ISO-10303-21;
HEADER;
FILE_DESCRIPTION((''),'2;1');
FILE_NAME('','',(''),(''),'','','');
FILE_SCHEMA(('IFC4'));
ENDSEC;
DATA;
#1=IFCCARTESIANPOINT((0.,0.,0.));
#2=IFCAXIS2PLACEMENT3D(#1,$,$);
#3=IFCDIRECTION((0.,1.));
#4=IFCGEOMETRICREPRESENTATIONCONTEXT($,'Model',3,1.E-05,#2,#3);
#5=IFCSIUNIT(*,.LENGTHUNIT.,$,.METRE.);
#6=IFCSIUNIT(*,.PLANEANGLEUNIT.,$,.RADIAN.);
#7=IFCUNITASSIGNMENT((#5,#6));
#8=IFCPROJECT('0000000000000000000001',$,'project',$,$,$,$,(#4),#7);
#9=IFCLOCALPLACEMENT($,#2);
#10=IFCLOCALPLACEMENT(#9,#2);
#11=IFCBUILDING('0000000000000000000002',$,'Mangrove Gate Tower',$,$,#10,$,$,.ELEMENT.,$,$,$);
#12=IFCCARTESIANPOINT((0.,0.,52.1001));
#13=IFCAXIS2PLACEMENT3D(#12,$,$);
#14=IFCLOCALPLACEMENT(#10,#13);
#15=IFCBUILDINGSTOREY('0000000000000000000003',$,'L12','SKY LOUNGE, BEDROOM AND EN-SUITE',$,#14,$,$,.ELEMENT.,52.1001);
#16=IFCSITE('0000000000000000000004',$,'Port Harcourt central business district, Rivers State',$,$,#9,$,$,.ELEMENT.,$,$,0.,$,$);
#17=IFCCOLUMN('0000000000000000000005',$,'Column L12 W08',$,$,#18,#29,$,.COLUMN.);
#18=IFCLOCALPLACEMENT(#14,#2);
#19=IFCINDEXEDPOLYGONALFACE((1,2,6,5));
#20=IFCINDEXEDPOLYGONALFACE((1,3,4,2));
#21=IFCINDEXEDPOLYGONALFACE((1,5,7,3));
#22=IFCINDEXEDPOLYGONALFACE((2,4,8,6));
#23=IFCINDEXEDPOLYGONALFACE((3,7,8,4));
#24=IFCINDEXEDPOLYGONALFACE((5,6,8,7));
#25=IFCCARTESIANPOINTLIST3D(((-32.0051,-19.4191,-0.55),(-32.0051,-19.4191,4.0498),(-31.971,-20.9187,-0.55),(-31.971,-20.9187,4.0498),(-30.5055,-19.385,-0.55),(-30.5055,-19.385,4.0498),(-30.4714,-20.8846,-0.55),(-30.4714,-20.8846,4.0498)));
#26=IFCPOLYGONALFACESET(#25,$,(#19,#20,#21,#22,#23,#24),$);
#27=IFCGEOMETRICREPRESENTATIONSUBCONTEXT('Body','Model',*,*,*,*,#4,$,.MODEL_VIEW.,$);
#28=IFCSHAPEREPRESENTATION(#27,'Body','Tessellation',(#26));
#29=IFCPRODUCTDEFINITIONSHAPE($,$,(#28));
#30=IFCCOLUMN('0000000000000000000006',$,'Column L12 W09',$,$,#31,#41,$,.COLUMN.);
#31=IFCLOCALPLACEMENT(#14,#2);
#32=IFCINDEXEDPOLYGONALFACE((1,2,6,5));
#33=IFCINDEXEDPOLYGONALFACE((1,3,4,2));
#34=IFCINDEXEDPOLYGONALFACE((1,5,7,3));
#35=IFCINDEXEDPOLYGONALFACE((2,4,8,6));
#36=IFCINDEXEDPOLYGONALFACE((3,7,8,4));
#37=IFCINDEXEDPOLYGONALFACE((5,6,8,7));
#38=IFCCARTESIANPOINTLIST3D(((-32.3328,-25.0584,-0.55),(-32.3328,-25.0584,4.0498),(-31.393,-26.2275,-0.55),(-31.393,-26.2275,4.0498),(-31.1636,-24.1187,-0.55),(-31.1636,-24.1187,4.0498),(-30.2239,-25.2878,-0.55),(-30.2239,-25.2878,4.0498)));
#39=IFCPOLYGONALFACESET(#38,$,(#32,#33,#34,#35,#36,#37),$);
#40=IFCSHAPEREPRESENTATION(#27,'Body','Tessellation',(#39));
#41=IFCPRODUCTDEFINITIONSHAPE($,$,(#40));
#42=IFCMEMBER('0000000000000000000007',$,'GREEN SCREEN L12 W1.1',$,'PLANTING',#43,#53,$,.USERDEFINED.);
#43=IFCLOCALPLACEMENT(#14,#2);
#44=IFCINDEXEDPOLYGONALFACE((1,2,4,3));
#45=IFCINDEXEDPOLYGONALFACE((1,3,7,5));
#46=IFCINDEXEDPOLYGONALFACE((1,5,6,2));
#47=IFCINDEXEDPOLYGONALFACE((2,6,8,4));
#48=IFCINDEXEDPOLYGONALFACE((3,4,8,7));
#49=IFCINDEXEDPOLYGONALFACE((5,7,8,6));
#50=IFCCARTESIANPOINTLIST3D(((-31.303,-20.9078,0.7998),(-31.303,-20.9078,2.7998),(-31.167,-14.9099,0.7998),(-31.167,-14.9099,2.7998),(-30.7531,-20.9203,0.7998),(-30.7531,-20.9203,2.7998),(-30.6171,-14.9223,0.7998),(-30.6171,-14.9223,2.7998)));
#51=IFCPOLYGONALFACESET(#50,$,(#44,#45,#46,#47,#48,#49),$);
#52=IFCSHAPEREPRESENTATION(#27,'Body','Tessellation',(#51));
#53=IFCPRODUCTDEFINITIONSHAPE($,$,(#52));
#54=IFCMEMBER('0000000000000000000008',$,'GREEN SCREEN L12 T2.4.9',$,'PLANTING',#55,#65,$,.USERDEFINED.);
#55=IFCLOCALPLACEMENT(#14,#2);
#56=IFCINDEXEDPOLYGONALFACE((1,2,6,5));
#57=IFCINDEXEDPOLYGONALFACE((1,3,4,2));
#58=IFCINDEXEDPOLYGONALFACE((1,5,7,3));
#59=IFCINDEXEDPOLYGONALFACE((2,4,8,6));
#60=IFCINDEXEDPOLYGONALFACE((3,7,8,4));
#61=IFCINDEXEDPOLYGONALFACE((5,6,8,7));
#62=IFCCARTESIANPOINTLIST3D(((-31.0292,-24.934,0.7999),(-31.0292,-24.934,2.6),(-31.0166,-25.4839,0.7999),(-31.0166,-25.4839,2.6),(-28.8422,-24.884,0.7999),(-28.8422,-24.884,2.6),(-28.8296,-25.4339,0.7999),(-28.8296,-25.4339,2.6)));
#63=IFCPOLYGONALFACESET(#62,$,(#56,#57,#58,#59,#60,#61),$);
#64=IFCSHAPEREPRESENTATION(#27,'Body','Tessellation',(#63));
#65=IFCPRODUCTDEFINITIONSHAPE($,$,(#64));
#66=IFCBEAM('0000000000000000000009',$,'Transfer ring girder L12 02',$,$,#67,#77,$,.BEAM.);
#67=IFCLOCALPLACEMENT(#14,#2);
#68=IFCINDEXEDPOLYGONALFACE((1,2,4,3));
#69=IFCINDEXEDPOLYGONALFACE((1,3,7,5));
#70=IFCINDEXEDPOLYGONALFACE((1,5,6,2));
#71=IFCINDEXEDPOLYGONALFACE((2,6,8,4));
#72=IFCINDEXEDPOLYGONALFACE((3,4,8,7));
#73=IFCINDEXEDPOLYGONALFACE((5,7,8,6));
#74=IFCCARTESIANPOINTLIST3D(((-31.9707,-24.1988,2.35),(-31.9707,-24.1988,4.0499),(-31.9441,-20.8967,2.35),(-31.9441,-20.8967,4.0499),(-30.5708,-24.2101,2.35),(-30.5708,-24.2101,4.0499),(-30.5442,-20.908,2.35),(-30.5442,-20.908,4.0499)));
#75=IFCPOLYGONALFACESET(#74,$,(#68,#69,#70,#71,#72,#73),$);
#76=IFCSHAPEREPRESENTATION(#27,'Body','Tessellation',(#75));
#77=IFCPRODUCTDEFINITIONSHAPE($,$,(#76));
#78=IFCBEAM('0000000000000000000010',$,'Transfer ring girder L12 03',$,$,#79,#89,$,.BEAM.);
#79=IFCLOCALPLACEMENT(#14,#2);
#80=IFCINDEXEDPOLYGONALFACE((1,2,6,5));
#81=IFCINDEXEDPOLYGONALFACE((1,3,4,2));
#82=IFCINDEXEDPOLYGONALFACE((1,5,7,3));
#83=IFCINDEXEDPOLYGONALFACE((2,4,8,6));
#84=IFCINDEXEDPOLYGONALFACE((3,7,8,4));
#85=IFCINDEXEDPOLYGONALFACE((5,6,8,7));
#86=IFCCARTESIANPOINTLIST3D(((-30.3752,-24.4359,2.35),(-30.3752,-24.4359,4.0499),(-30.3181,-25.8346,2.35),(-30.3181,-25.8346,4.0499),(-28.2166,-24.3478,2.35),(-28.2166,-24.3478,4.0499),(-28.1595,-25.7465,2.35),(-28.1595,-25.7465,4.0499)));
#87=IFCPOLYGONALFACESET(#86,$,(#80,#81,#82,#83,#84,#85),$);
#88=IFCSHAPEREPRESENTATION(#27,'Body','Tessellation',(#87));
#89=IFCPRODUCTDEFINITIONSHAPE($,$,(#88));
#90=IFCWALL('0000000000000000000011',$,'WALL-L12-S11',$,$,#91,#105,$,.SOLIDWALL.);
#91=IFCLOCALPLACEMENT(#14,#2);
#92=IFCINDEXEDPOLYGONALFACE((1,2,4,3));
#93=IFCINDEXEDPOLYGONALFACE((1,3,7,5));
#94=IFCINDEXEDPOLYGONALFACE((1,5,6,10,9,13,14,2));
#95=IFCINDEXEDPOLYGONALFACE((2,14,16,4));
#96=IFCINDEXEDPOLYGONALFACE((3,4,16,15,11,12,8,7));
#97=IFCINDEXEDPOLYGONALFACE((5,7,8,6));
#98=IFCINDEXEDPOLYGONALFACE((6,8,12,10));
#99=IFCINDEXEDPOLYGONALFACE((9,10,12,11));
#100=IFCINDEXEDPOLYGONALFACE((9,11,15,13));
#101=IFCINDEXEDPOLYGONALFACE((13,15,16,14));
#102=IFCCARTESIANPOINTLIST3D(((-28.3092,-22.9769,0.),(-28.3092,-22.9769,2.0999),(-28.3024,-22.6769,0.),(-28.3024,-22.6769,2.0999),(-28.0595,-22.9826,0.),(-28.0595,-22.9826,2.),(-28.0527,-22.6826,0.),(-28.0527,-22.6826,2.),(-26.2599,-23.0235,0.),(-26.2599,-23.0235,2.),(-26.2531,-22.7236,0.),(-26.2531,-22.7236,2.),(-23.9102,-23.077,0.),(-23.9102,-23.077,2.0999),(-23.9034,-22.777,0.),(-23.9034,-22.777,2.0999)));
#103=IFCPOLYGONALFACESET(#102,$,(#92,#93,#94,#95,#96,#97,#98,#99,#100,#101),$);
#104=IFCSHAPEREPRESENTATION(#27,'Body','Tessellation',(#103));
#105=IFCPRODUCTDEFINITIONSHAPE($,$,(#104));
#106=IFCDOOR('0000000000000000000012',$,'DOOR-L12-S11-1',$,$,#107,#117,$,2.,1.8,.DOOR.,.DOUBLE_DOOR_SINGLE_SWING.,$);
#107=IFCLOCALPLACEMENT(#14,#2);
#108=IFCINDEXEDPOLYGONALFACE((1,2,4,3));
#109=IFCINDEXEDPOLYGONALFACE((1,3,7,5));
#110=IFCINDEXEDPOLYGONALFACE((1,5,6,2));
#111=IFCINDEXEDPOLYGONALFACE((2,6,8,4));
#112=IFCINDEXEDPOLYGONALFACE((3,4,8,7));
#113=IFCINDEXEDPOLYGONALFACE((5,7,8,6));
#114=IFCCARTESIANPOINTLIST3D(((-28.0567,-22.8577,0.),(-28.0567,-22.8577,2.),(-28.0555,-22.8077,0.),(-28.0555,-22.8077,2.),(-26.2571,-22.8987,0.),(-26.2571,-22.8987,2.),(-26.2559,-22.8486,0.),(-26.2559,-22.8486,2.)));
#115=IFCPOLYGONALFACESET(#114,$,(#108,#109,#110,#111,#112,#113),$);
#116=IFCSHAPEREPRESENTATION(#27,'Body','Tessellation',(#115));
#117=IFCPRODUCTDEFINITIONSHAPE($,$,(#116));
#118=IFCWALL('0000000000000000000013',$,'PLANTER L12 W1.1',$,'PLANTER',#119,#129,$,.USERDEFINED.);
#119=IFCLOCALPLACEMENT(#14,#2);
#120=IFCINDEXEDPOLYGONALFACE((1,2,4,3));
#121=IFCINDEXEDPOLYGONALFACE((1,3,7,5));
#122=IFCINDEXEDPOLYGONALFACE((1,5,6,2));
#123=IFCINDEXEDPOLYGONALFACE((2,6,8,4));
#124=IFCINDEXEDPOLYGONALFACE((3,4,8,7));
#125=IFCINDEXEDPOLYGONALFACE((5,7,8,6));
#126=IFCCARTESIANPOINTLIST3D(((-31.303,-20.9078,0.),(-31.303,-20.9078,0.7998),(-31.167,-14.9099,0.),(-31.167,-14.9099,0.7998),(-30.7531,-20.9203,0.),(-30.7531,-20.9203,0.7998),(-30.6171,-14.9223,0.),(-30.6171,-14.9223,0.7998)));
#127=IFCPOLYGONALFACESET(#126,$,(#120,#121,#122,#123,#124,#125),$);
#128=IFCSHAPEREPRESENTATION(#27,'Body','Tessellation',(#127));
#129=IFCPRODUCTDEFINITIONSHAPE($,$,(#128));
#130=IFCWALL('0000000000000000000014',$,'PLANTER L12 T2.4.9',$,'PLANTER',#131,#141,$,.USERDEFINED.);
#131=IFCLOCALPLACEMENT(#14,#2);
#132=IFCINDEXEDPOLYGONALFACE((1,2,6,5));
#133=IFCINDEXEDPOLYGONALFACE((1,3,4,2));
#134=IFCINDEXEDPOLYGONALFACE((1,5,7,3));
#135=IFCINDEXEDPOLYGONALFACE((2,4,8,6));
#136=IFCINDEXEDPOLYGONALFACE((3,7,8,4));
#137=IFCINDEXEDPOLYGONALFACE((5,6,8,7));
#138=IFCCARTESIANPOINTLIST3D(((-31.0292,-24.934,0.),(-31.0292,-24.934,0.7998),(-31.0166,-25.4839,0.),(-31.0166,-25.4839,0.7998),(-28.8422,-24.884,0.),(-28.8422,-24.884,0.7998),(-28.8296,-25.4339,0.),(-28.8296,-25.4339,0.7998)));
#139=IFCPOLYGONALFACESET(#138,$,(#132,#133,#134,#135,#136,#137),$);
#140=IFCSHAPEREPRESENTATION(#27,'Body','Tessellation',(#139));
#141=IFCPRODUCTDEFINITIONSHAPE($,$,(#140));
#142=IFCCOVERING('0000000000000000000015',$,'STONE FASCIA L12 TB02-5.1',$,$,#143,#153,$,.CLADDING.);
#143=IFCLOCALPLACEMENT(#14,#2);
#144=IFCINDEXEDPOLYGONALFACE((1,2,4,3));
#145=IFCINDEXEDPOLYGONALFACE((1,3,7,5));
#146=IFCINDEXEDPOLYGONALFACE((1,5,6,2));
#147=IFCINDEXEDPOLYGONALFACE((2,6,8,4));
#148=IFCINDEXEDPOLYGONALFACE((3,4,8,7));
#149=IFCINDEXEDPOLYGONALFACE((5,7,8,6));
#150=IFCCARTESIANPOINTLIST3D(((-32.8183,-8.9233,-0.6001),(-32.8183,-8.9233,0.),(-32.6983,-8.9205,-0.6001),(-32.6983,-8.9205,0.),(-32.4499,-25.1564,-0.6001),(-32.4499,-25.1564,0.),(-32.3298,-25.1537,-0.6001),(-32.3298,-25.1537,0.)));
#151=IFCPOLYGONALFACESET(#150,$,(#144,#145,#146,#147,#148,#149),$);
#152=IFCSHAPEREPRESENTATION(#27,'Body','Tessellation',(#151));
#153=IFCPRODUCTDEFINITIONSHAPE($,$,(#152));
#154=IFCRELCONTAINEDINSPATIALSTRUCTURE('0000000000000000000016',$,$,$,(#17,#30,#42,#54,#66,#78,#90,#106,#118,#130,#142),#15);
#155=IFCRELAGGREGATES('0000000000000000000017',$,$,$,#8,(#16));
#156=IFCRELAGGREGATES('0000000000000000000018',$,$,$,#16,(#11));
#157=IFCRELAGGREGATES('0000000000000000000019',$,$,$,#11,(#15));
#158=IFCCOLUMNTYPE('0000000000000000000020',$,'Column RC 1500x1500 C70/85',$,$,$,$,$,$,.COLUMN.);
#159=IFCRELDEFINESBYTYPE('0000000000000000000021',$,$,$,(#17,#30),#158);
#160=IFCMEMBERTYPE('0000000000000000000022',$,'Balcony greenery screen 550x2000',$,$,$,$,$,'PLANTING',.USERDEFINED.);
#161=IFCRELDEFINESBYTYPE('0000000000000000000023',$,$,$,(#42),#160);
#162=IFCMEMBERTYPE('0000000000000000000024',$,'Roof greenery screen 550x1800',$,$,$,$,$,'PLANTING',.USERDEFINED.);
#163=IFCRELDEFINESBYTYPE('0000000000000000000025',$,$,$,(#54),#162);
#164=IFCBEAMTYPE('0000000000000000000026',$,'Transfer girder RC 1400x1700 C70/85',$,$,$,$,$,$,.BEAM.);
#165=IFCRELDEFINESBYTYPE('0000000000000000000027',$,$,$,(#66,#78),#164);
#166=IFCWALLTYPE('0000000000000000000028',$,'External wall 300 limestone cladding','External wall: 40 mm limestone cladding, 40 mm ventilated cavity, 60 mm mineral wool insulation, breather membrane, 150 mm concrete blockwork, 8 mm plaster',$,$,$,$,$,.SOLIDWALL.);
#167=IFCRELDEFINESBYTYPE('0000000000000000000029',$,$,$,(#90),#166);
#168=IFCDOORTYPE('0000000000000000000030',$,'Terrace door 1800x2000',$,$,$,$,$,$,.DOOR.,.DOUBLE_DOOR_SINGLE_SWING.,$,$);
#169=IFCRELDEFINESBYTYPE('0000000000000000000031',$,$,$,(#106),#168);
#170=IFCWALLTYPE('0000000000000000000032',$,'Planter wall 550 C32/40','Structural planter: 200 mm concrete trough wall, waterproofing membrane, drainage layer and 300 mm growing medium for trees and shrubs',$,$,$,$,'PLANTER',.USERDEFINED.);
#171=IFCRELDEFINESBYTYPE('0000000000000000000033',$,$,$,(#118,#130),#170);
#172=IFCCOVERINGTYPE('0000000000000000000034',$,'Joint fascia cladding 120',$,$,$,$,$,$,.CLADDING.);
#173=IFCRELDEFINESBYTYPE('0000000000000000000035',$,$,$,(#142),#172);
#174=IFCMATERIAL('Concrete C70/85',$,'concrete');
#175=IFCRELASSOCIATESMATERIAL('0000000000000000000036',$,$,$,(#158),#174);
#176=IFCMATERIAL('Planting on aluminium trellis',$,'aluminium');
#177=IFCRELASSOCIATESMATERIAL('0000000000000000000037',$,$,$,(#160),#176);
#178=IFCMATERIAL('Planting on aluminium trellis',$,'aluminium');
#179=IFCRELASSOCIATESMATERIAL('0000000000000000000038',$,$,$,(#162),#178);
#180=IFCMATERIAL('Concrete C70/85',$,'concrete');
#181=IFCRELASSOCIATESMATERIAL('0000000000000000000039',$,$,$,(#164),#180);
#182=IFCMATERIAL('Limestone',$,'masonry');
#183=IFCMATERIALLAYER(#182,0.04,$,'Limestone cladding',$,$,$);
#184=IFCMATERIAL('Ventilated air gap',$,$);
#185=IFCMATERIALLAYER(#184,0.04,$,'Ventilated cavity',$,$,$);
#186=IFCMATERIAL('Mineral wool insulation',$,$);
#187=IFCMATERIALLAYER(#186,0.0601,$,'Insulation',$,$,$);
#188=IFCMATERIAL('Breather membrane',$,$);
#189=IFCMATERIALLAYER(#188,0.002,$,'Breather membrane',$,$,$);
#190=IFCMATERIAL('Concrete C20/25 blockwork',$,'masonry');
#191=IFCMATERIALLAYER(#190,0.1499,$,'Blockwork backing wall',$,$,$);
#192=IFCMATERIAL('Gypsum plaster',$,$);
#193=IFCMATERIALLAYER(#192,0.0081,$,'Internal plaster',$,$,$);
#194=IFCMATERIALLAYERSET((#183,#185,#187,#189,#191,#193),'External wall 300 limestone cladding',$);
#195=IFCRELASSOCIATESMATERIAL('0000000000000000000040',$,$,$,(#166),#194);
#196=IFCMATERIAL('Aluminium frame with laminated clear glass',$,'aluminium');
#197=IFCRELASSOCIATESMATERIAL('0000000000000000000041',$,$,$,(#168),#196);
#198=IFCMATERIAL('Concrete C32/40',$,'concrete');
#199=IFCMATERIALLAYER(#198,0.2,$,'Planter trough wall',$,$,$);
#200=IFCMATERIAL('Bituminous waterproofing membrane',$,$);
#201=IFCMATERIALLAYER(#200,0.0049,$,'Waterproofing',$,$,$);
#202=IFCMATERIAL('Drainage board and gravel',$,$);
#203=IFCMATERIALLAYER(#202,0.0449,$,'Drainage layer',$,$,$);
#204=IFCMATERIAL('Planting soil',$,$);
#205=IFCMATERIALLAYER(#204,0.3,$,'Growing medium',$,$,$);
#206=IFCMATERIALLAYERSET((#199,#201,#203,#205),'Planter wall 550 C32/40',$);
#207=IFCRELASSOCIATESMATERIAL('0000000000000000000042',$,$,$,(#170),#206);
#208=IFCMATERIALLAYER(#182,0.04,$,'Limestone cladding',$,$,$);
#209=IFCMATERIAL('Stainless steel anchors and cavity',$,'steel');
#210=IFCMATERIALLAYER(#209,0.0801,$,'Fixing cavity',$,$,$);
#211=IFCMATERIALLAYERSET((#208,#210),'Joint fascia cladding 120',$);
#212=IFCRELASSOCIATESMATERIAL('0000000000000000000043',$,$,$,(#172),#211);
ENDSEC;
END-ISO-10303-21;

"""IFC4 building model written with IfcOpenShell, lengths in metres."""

from ifc_helpers import new_model, si_unit, direction, frame, frame_2d, origin, origin_2d, place, context, subcontext, project, spatial, rectangle, extrude, material, layer, layer_set, material_profile, profile_set, type_object, element, fill, save


model = new_model("IFC4")

# Units and contexts
model_context = context("Model", 3, precision=1e-05, world=origin(), true_north=direction((0.0, 1.0)))
body_context = subcontext(model_context, "Body", "Model", "MODEL_VIEW")
ifc_project = project(units=[si_unit("LENGTHUNIT", "METRE"), si_unit("PLANEANGLEUNIT", "RADIAN")], contexts=[model_context])

# Site, building, storey
site_placement = place(None, origin())
site = spatial("IfcSite", under=ifc_project, at=site_placement, Name="Port Harcourt central business district, Rivers State", CompositionType="ELEMENT", RefElevation=0.0)
building_placement = place(site_placement, origin())
building = spatial("IfcBuilding", under=site, at=building_placement, Name="Mangrove Gate Tower", CompositionType="ELEMENT")
storey_placement = place(building_placement, frame((0.0, 0.0, 52.1001)))
storey = spatial("IfcBuildingStorey", under=building, at=storey_placement, Name="L12", Description="SKY LOUNGE, BEDROOM AND EN-SUITE", CompositionType="ELEMENT", Elevation=52.1001)

# Columns
ifc_material_1 = material(Name="Concrete C70/85", Category="concrete")
ifc_material_profile_1 = material_profile(ifc_material_1, rectangle(XDim=1.5, YDim=1.5, at=origin_2d()))
ifc_profile_set_1 = profile_set([ifc_material_profile_1], Name="Concrete C70/85")
column_type = type_object("IfcColumnType", Name="Column RC 1500x1500 C70/85", PredefinedType="COLUMN", material=ifc_profile_set_1)
for number, where, z_axis, x_axis, name in (
    (1, (-31.2383, -20.1519, -0.55), (0.0, 0.0, 1.0), (0.02274, -0.999741, 0.0), "Column L12 W08"),
    (2, (-31.2783, -25.1731, -0.55), (0.0, 0.0, 1.0), (0.626514, -0.77941, 0.0), "Column L12 W09"),
):
    element("IfcColumn", number, at=place(storey_placement, frame(where, z_axis=z_axis, x_axis=x_axis)), inside=storey, type_object=column_type, Name=name, PredefinedType="COLUMN", context=body_context, shape_type="SweptSolid", body=[
        extrude(rectangle(XDim=1.5, YDim=1.5, at=origin_2d()), origin(), (0.0, 0.0, 1.0), 4.5999),
    ])

# Members
ifc_material_2 = material(Name="Planting on aluminium trellis", Category="aluminium")
ifc_material_profile_2 = material_profile(ifc_material_2, rectangle(XDim=0.55, YDim=2.0, at=origin_2d()))
ifc_profile_set_2 = profile_set([ifc_material_profile_2], Name="Planting on aluminium trellis")
member_type_1 = type_object("IfcMemberType", Name="Balcony greenery screen 550x2000", ElementType="PLANTING", PredefinedType="USERDEFINED", material=ifc_profile_set_2)
member_1_placement = place(storey_placement, frame((-31.0281, -20.9141, 1.7998), z_axis=(0.022666, 0.999743, 0.0), x_axis=(-0.999743, 0.022666, 0.0)))
element("IfcMember", 3, at=member_1_placement, inside=storey, type_object=member_type_1, Name="GREEN SCREEN L12 W1.1", ObjectType="PLANTING", PredefinedType="USERDEFINED", context=body_context, shape_type="SweptSolid", body=[
    extrude(rectangle(XDim=0.55, YDim=2.0, at=origin_2d()), origin(), (0.0, 0.0, 1.0), 5.9995),
])
ifc_material_3 = material(Name="Planting on aluminium trellis", Category="aluminium")
ifc_material_profile_3 = material_profile(ifc_material_3, rectangle(XDim=0.55, YDim=1.8, at=origin_2d()))
ifc_profile_set_3 = profile_set([ifc_material_profile_3], Name="Planting on aluminium trellis")
member_type_2 = type_object("IfcMemberType", Name="Roof greenery screen 550x1800", ElementType="PLANTING", PredefinedType="USERDEFINED", material=ifc_profile_set_3)
member_2_placement = place(storey_placement, frame((-28.8359, -25.1589, 1.7), z_axis=(-0.999738, -0.022879, 0.0), x_axis=(0.022879, -0.999738, 0.0)))
element("IfcMember", 4, at=member_2_placement, inside=storey, type_object=member_type_2, Name="GREEN SCREEN L12 T2.4.9", ObjectType="PLANTING", PredefinedType="USERDEFINED", context=body_context, shape_type="SweptSolid", body=[
    extrude(rectangle(XDim=0.55, YDim=1.8, at=origin_2d()), origin(), (0.0, 0.0, 1.0), 2.1875),
])

# Beams
ifc_material_4 = material(Name="Concrete C70/85", Category="concrete")
ifc_material_profile_4 = material_profile(ifc_material_4, rectangle(XDim=1.3999, YDim=1.7, at=origin_2d()))
ifc_profile_set_4 = profile_set([ifc_material_profile_4], Name="Concrete C70/85")
beam_type = type_object("IfcBeamType", Name="Transfer girder RC 1400x1700 C70/85", PredefinedType="BEAM", material=ifc_profile_set_4)
beam_1_placement = place(storey_placement, frame((-31.2441, -20.9023, 3.2), z_axis=(-0.008058, -0.999968, 0.0), x_axis=(0.999968, -0.008058, 0.0)))
element("IfcBeam", 5, at=beam_1_placement, inside=storey, type_object=beam_type, Name="Transfer ring girder L12 02", PredefinedType="BEAM", context=body_context, shape_type="SweptSolid", body=[
    extrude(rectangle(XDim=1.3999, YDim=1.7, at=origin_2d()), origin(), (0.0, 0.0, 1.0), 3.3022),
])
beam_2_placement = place(storey_placement, frame((-30.3467, -25.1353, 3.2), z_axis=(0.999168, 0.040794, 0.0), x_axis=(-0.040794, 0.999168, 0.0)))
element("IfcBeam", 6, at=beam_2_placement, inside=storey, type_object=beam_type, Name="Transfer ring girder L12 03", PredefinedType="BEAM", context=body_context, shape_type="SweptSolid", body=[
    extrude(rectangle(XDim=1.3999, YDim=1.7, at=origin_2d()), origin(), (0.0, 0.0, 1.0), 2.1604),
])

# Wall, opening, door
ifc_material_5 = material(Name="Limestone", Category="masonry")
ifc_layer_1 = layer(ifc_material_5, 0.04, Name="Limestone cladding")
ifc_material_6 = material(Name="Ventilated air gap")
ifc_layer_2 = layer(ifc_material_6, 0.04, Name="Ventilated cavity")
ifc_material_7 = material(Name="Mineral wool insulation")
ifc_layer_3 = layer(ifc_material_7, 0.0601, Name="Insulation")
ifc_material_8 = material(Name="Breather membrane")
ifc_layer_4 = layer(ifc_material_8, 0.002, Name="Breather membrane")
ifc_material_9 = material(Name="Concrete C20/25 blockwork", Category="masonry")
ifc_layer_5 = layer(ifc_material_9, 0.1499, Name="Blockwork backing wall")
ifc_material_10 = material(Name="Gypsum plaster")
ifc_layer_6 = layer(ifc_material_10, 0.0081, Name="Internal plaster")
ifc_layer_set_1 = layer_set([ifc_layer_1, ifc_layer_2, ifc_layer_3, ifc_layer_4, ifc_layer_5, ifc_layer_6], Name="External wall 300 limestone cladding")
wall_type_1 = type_object("IfcWallType", Name="External wall 300 limestone cladding", Description="External wall: 40 mm limestone cladding, 40 mm ventilated cavity, 60 mm mineral wool insulation, breather membrane, 150 mm concrete blockwork, 8 mm plaster", PredefinedType="SOLIDWALL", material=ifc_layer_set_1)
wall_1_placement = place(storey_placement, frame((-28.3059, -22.8269, 0.0), z_axis=(0.0, 0.0, 1.0), x_axis=(0.999741, -0.022749, 0.0)))
wall_1 = element("IfcWall", 7, at=wall_1_placement, inside=storey, type_object=wall_type_1, Name="WALL-L12-S11", PredefinedType="SOLIDWALL", context=body_context, shape_type="SweptSolid", body=[
    extrude(rectangle(XDim=4.4001, YDim=0.3, at=frame_2d((2.2002, 0.0))), origin(), (0.0, 0.0, 1.0), 2.0999),
])
opening_placement = place(wall_1_placement, frame((0.25, 0.0, 0.0)))
opening = element("IfcOpeningElement", 8, at=opening_placement, cuts=wall_1, PredefinedType="OPENING", context=body_context, shape_type="SweptSolid", body=[
    extrude(rectangle(XDim=1.8, YDim=2.0, at=frame_2d((0.8999, 1.0))), frame((0.0, 0.1599, 0.0), z_axis=(0.0, -1.0, 0.0), x_axis=(1.0, 0.0, 0.0)), (0.0, 0.0, 1.0), 0.3201),
])
ifc_material_11 = material(Name="Aluminium frame with laminated clear glass", Category="aluminium")
door_type = type_object("IfcDoorType", Name="Terrace door 1800x2000", OperationType="DOUBLE_DOOR_SINGLE_SWING", PredefinedType="DOOR", material=ifc_material_11)
door_placement = place(opening_placement, origin())
door = element("IfcDoor", 9, at=door_placement, inside=storey, type_object=door_type, Name="DOOR-L12-S11-1", OperationType="DOUBLE_DOOR_SINGLE_SWING", OverallHeight=2.0, OverallWidth=1.8, PredefinedType="DOOR", context=body_context, shape_type="SweptSolid", body=[
    extrude(rectangle(XDim=1.8, YDim=2.0, at=frame_2d((0.8999, 1.0))), frame((0.0, 0.0249, 0.0), z_axis=(0.0, -1.0, 0.0), x_axis=(1.0, 0.0, 0.0)), (0.0, 0.0, 1.0), 0.05),
])
fill(opening, door)

# Walls
ifc_material_12 = material(Name="Concrete C32/40", Category="concrete")
ifc_layer_7 = layer(ifc_material_12, 0.2, Name="Planter trough wall")
ifc_material_13 = material(Name="Bituminous waterproofing membrane")
ifc_layer_8 = layer(ifc_material_13, 0.0049, Name="Waterproofing")
ifc_material_14 = material(Name="Drainage board and gravel")
ifc_layer_9 = layer(ifc_material_14, 0.0449, Name="Drainage layer")
ifc_material_15 = material(Name="Planting soil")
ifc_layer_10 = layer(ifc_material_15, 0.3, Name="Growing medium")
ifc_layer_set_2 = layer_set([ifc_layer_7, ifc_layer_8, ifc_layer_9, ifc_layer_10], Name="Planter wall 550 C32/40")
wall_type_2 = type_object("IfcWallType", Name="Planter wall 550 C32/40", Description="Structural planter: 200 mm concrete trough wall, waterproofing membrane, drainage layer and 300 mm growing medium for trees and shrubs", ElementType="PLANTER", PredefinedType="USERDEFINED", material=ifc_layer_set_2)
wall_2_placement = place(storey_placement, frame((-31.0281, -20.9141, 0.0), z_axis=(0.0, 0.0, 1.0), x_axis=(0.022666, 0.999743, 0.0)))
element("IfcWall", 10, at=wall_2_placement, inside=storey, type_object=wall_type_2, Name="PLANTER L12 W1.1", ObjectType="PLANTER", PredefinedType="USERDEFINED", context=body_context, shape_type="SweptSolid", body=[
    extrude(rectangle(XDim=5.9995, YDim=0.55, at=frame_2d((2.9998, 0.0))), origin(), (0.0, 0.0, 1.0), 0.7998),
])
wall_3_placement = place(storey_placement, frame((-28.8359, -25.1589, 0.0), z_axis=(0.0, 0.0, 1.0), x_axis=(-0.999738, -0.022879, 0.0)))
element("IfcWall", 11, at=wall_3_placement, inside=storey, type_object=wall_type_2, Name="PLANTER L12 T2.4.9", ObjectType="PLANTER", PredefinedType="USERDEFINED", context=body_context, shape_type="SweptSolid", body=[
    extrude(rectangle(XDim=2.1875, YDim=0.55, at=frame_2d((1.0938, 0.0))), origin(), (0.0, 0.0, 1.0), 0.7998),
])

# Covering
ifc_layer_11 = layer(ifc_material_5, 0.04, Name="Limestone cladding")
ifc_material_16 = material(Name="Stainless steel anchors and cavity", Category="steel")
ifc_layer_12 = layer(ifc_material_16, 0.0801, Name="Fixing cavity")
ifc_layer_set_3 = layer_set([ifc_layer_11, ifc_layer_12], Name="Joint fascia cladding 120")
covering_type = type_object("IfcCoveringType", Name="Joint fascia cladding 120", PredefinedType="CLADDING", material=ifc_layer_set_3)
covering_placement = place(storey_placement, frame((-32.3899, -25.155, -0.6001), z_axis=(0.0, 0.0, 1.0), x_axis=(-0.022689, 0.999743, 0.0)))
element("IfcCovering", 12, at=covering_placement, inside=storey, type_object=covering_type, Name="STONE FASCIA L12 TB02-5.1", PredefinedType="CLADDING", context=body_context, shape_type="SweptSolid", body=[
    extrude(rectangle(XDim=16.2373, YDim=0.1201, at=frame_2d((8.1187, 0.0))), origin(), (0.0, 0.0, 1.0), 0.6001),
])

save(model, "model.ifc")
